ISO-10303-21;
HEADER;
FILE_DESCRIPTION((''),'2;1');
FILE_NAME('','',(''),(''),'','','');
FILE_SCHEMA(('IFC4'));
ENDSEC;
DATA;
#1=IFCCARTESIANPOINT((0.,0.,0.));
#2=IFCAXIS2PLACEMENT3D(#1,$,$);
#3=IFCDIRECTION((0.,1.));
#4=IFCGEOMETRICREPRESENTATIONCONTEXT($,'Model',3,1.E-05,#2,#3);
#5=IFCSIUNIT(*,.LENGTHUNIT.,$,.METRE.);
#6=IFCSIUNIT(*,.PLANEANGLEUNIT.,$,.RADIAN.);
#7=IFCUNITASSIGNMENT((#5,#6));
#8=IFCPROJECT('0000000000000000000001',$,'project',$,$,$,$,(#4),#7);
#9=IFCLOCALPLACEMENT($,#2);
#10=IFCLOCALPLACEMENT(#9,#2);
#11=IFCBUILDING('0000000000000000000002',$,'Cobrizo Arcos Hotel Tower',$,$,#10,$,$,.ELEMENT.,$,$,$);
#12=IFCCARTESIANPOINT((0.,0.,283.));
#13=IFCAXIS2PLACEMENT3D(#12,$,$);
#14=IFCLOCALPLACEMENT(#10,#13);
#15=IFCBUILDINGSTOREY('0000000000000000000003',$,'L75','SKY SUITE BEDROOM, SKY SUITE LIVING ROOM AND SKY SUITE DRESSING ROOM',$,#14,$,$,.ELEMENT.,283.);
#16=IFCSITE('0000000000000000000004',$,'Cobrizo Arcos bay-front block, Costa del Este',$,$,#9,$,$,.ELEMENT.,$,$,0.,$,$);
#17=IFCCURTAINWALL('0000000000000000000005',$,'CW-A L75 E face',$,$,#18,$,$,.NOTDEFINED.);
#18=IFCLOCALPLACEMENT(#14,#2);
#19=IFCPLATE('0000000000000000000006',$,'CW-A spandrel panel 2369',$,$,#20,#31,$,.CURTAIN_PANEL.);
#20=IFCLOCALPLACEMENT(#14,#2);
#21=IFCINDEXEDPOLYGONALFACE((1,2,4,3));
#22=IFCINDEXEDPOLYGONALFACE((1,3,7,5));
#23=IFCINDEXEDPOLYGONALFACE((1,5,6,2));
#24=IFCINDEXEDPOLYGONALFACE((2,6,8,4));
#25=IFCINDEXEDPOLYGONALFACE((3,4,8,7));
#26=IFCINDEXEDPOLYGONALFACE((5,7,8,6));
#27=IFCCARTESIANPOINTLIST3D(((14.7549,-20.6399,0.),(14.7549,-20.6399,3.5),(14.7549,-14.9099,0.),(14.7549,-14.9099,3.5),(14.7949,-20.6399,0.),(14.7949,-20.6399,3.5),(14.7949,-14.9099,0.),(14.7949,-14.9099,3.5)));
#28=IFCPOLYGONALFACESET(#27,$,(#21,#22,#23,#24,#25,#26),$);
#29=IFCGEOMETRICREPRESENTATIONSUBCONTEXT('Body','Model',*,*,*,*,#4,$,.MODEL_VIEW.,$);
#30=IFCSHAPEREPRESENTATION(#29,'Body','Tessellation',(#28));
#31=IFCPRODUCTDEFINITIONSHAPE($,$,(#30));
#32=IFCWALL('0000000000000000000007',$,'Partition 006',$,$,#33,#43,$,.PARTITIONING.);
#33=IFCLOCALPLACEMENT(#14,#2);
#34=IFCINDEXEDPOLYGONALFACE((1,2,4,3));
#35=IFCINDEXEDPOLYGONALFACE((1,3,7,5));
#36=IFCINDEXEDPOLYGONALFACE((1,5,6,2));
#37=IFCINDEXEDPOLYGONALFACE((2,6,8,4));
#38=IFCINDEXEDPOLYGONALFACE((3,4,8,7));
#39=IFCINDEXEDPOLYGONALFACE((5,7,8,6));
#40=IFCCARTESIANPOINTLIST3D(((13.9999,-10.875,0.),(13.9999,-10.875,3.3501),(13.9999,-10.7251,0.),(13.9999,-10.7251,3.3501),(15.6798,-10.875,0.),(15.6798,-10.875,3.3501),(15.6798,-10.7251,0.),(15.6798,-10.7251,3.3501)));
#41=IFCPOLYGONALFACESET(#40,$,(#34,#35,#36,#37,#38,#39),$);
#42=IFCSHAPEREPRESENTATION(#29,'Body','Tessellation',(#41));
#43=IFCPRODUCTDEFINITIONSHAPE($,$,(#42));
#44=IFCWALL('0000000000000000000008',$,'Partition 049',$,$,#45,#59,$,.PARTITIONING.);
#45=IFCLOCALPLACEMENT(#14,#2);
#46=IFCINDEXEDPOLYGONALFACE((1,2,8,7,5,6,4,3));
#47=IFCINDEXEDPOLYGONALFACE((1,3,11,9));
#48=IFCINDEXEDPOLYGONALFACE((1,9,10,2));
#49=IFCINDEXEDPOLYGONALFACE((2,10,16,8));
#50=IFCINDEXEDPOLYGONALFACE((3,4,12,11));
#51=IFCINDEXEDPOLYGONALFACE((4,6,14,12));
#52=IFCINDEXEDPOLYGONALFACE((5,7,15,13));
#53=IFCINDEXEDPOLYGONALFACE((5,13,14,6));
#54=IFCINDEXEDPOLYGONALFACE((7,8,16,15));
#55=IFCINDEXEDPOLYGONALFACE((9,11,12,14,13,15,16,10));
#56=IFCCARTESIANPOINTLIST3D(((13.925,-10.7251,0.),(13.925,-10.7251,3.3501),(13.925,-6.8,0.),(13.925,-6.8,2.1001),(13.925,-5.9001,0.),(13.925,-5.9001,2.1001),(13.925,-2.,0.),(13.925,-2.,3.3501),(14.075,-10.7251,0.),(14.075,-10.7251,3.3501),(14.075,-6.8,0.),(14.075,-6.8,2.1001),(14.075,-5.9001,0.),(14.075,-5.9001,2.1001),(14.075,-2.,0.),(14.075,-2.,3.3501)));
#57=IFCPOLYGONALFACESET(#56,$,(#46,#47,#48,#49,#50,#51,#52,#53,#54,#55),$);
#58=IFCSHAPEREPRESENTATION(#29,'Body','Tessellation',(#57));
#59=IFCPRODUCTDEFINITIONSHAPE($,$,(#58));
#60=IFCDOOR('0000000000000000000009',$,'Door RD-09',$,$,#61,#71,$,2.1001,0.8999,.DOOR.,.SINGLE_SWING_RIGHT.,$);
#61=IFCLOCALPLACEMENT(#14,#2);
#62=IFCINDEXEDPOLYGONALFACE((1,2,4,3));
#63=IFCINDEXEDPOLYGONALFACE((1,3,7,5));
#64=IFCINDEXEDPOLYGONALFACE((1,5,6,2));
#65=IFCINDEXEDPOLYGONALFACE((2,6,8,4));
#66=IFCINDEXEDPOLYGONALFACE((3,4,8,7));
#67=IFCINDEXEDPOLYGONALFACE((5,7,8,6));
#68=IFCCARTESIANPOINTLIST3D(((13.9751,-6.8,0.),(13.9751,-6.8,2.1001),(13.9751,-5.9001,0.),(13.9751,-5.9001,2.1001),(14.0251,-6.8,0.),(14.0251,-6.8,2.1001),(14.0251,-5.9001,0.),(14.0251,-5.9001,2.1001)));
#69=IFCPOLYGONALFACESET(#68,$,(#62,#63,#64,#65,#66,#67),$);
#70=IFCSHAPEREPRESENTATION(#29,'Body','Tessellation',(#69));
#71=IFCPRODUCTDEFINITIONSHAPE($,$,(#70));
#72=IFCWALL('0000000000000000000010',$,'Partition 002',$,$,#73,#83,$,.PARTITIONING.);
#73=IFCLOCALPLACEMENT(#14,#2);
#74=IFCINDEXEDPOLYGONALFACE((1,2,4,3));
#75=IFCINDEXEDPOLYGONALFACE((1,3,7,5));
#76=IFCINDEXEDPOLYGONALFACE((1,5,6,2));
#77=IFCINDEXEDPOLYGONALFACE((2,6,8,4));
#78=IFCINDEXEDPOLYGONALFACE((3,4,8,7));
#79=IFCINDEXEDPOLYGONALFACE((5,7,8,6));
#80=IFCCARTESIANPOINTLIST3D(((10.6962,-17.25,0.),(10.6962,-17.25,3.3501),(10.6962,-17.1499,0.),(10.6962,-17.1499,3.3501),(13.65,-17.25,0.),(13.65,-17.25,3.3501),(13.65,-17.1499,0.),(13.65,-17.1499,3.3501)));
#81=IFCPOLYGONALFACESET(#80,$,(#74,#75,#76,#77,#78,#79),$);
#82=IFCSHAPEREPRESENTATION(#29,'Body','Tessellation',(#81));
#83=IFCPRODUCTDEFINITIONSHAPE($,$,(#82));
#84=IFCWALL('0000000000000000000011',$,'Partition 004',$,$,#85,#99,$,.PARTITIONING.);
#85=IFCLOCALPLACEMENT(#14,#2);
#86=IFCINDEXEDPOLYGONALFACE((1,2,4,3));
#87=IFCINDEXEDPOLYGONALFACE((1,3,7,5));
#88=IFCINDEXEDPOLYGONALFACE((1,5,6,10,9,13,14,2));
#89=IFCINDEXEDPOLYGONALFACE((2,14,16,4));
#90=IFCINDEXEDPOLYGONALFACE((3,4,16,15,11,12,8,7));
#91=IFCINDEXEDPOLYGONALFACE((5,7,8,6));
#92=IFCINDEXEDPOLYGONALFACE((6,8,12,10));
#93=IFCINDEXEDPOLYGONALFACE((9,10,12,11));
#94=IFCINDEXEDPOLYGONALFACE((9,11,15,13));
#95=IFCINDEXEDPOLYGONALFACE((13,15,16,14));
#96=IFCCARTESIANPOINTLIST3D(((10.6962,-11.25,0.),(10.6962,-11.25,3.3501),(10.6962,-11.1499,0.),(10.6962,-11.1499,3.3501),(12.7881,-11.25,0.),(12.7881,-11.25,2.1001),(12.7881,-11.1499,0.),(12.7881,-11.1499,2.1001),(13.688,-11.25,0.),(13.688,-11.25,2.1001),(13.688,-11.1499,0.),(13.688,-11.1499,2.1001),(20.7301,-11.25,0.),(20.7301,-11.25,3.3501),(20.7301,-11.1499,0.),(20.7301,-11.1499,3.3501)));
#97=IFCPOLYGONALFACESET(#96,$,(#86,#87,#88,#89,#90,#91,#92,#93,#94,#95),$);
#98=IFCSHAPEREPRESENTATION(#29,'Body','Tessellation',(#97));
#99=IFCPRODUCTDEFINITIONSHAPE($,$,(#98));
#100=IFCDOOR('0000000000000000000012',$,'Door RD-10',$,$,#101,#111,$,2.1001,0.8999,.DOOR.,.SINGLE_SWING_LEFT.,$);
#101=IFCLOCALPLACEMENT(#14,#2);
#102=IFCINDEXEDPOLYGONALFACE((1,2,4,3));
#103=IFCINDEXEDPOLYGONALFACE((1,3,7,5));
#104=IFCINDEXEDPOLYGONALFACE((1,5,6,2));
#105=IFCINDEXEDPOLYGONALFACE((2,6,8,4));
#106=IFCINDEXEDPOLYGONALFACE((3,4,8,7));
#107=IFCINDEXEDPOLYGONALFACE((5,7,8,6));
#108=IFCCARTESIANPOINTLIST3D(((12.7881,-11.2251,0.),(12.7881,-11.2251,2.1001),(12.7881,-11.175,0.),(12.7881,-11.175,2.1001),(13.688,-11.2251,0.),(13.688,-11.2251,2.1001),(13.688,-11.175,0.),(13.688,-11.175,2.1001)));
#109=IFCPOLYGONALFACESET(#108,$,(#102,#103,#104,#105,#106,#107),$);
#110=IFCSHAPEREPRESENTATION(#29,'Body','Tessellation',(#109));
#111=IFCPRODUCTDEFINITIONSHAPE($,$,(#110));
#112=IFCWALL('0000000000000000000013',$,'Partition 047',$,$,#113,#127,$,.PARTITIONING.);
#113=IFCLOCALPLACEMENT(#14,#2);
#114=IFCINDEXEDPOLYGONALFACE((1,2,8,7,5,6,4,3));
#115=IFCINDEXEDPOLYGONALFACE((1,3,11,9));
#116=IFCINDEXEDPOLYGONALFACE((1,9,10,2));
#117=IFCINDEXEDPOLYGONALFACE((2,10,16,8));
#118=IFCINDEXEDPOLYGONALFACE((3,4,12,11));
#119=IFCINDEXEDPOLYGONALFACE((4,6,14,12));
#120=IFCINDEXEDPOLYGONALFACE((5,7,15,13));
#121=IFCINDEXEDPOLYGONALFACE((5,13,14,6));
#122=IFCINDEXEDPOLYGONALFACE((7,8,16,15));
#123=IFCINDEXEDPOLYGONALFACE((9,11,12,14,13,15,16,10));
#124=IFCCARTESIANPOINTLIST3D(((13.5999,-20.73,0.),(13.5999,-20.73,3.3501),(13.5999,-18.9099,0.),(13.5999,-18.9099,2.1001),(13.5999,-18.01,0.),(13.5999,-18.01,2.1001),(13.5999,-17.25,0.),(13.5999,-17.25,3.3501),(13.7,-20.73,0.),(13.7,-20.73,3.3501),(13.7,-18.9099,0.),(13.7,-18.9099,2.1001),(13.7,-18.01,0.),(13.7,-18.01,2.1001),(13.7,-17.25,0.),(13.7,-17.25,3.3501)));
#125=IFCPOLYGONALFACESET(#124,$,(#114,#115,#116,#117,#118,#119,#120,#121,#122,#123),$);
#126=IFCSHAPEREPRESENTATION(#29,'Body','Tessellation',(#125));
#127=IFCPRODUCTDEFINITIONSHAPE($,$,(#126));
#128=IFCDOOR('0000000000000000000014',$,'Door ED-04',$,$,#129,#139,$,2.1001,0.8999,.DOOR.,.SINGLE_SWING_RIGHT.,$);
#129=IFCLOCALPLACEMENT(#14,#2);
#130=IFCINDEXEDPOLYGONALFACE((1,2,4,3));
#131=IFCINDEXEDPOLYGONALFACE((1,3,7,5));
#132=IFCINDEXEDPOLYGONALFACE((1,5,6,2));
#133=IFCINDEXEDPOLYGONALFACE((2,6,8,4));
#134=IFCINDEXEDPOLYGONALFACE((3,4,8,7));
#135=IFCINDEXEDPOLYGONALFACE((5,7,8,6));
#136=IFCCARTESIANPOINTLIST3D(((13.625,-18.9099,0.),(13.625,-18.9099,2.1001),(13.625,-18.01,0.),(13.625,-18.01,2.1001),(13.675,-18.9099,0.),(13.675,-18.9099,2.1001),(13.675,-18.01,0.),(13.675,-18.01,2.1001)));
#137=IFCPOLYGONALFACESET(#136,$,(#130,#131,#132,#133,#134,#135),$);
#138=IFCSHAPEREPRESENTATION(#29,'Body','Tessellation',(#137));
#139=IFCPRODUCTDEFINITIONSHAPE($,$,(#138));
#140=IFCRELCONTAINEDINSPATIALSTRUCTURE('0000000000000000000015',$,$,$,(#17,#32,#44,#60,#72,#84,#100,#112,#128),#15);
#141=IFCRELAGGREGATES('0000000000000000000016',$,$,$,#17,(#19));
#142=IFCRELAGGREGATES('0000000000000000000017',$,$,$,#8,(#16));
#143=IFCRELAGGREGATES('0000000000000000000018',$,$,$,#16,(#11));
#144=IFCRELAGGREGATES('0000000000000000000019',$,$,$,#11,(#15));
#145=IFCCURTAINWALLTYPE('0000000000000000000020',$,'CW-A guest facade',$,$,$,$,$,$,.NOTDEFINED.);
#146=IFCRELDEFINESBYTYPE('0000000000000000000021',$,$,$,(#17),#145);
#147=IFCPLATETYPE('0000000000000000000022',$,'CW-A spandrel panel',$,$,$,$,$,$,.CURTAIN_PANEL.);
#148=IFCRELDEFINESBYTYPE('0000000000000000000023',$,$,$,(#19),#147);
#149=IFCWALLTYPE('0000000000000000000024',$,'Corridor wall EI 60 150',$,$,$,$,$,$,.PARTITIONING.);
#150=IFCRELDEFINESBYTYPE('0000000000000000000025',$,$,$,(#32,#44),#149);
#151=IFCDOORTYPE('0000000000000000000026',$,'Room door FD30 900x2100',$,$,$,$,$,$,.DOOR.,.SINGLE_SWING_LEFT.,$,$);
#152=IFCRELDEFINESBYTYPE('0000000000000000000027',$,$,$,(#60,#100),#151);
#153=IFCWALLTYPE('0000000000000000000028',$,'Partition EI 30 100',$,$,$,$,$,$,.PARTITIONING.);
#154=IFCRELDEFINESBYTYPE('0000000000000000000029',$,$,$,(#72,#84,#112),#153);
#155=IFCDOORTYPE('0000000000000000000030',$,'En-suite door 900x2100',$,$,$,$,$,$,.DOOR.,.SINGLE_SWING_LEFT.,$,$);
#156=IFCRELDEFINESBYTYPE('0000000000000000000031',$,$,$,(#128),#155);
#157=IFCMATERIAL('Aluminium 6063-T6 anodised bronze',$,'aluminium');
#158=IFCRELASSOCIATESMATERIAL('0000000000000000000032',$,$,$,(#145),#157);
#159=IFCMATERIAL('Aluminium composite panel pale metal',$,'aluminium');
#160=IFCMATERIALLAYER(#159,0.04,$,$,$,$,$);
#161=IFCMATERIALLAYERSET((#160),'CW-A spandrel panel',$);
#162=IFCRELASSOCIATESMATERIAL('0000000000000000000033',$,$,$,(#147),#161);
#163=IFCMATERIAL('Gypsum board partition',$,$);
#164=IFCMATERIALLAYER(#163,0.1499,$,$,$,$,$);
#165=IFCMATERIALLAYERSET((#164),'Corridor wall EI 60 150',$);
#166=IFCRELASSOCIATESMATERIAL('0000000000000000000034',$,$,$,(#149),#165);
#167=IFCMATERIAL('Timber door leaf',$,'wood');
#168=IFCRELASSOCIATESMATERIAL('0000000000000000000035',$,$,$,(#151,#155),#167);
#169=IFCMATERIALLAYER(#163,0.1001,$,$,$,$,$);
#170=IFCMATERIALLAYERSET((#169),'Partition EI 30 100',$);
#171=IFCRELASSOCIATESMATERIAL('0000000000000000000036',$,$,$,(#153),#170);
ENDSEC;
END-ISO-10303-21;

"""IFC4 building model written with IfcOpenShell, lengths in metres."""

from ifc_helpers import new_model, si_unit, direction, frame, frame_2d, origin, origin_2d, place, context, subcontext, project, spatial, rectangle, extrude, material, layer, layer_set, type_object, element, fill, aggregate, save


model = new_model("IFC4")

# Units and contexts
model_context = context("Model", 3, precision=1e-05, world=origin(), true_north=direction((0.0, 1.0)))
body_context = subcontext(model_context, "Body", "Model", "MODEL_VIEW")
ifc_project = project(units=[si_unit("LENGTHUNIT", "METRE"), si_unit("PLANEANGLEUNIT", "RADIAN")], contexts=[model_context])

# Site, building, storey
site_placement = place(None, origin())
site = spatial("IfcSite", under=ifc_project, at=site_placement, Name="Cobrizo Arcos bay-front block, Costa del Este", CompositionType="ELEMENT", RefElevation=0.0)
building_placement = place(site_placement, origin())
building = spatial("IfcBuilding", under=site, at=building_placement, Name="Cobrizo Arcos Hotel Tower", CompositionType="ELEMENT")
storey_placement = place(building_placement, frame((0.0, 0.0, 283.0)))
storey = spatial("IfcBuildingStorey", under=building, at=storey_placement, Name="L75", Description="SKY SUITE BEDROOM, SKY SUITE LIVING ROOM AND SKY SUITE DRESSING ROOM", CompositionType="ELEMENT", Elevation=283.0)

# Curtain wall
ifc_material_1 = material(Name="Aluminium 6063-T6 anodised bronze", Category="aluminium")
curtain_wall_type = type_object("IfcCurtainWallType", Name="CW-A guest facade", PredefinedType="NOTDEFINED", material=ifc_material_1)
curtain_wall_1_placement = place(storey_placement, origin())
curtain_wall_1 = element("IfcCurtainWall", 1, at=curtain_wall_1_placement, inside=storey, type_object=curtain_wall_type, Name="CW-A L75 E face", PredefinedType="NOTDEFINED")

# Shared definitions
ifc_material_2 = material(Name="Aluminium composite panel pale metal", Category="aluminium")
ifc_layer_1 = layer(ifc_material_2, 0.04)
ifc_layer_set_1 = layer_set([ifc_layer_1], Name="CW-A spandrel panel")
plate_type = type_object("IfcPlateType", Name="CW-A spandrel panel", PredefinedType="CURTAIN_PANEL", material=ifc_layer_set_1)

# Plate
plate_1_placement = place(storey_placement, frame((14.7749, -17.7749, 0.0), z_axis=(0.0, 0.0, 1.0), x_axis=(0.0, 1.0, 0.0)))
plate_1 = element("IfcPlate", 2, at=plate_1_placement, type_object=plate_type, Name="CW-A spandrel panel 2369", PredefinedType="CURTAIN_PANEL", context=body_context, shape_type="SweptSolid", body=[
    extrude(rectangle(XDim=5.73, YDim=0.04, at=origin_2d()), origin(), (0.0, 0.0, 1.0), 3.5),
])
aggregate(curtain_wall_1, [plate_1])

# Wall
ifc_material_3 = material(Name="Gypsum board partition")
ifc_layer_2 = layer(ifc_material_3, 0.1499)
ifc_layer_set_2 = layer_set([ifc_layer_2], Name="Corridor wall EI 60 150")
wall_type_1 = type_object("IfcWallType", Name="Corridor wall EI 60 150", PredefinedType="PARTITIONING", material=ifc_layer_set_2)
wall_1_placement = place(storey_placement, frame((14.0, -10.8, 0.0), z_axis=(0.0, 0.0, 1.0), x_axis=(1.0, 0.0, 0.0)))
element("IfcWall", 3, at=wall_1_placement, inside=storey, type_object=wall_type_1, Name="Partition 006", PredefinedType="PARTITIONING", context=body_context, shape_type="SweptSolid", body=[
    extrude(rectangle(XDim=1.6799, YDim=0.1499, at=frame_2d((0.8398, 0.0))), origin(), (0.0, 0.0, 1.0), 3.3501),
])

# Wall, opening, door
wall_2_placement = place(storey_placement, frame((14.0, -10.7251, 0.0), z_axis=(0.0, 0.0, 1.0), x_axis=(0.0, 1.0, 0.0)))
wall_2 = element("IfcWall", 4, at=wall_2_placement, inside=storey, type_object=wall_type_1, Name="Partition 049", PredefinedType="PARTITIONING", context=body_context, shape_type="SweptSolid", body=[
    extrude(rectangle(XDim=8.7251, YDim=0.1499, at=frame_2d((4.3625, 0.0))), origin(), (0.0, 0.0, 1.0), 3.3501),
])
opening_1_placement = place(wall_2_placement, frame((3.925, 0.0, 0.0)))
opening_1 = element("IfcOpeningElement", 5, at=opening_1_placement, cuts=wall_2, PredefinedType="OPENING", context=body_context, shape_type="SweptSolid", body=[
    extrude(rectangle(XDim=0.8999, YDim=2.1001, at=frame_2d((0.45, 1.05))), frame((0.0, 0.0869, 0.0), z_axis=(0.0, -1.0, 0.0), x_axis=(1.0, 0.0, 0.0)), (0.0, 0.0, 1.0), 0.1738),
])
ifc_material_4 = material(Name="Timber door leaf", Category="wood")
door_type_1 = type_object("IfcDoorType", Name="Room door FD30 900x2100", OperationType="SINGLE_SWING_LEFT", PredefinedType="DOOR", material=ifc_material_4)
door_1_placement = place(opening_1_placement, origin())
door_1 = element("IfcDoor", 6, at=door_1_placement, inside=storey, type_object=door_type_1, Name="Door RD-09", OperationType="SINGLE_SWING_RIGHT", OverallHeight=2.1001, OverallWidth=0.8999, PredefinedType="DOOR", context=body_context, shape_type="SweptSolid", body=[
    extrude(rectangle(XDim=0.8999, YDim=2.1001, at=frame_2d((0.45, 1.05))), frame((0.0, 0.0249, 0.0), z_axis=(0.0, -1.0, 0.0), x_axis=(1.0, 0.0, 0.0)), (0.0, 0.0, 1.0), 0.05),
])
fill(opening_1, door_1)

# Wall
ifc_layer_3 = layer(ifc_material_3, 0.1001)
ifc_layer_set_3 = layer_set([ifc_layer_3], Name="Partition EI 30 100")
wall_type_2 = type_object("IfcWallType", Name="Partition EI 30 100", PredefinedType="PARTITIONING", material=ifc_layer_set_3)
wall_3_placement = place(storey_placement, frame((10.696, -17.2, 0.0), z_axis=(0.0, 0.0, 1.0), x_axis=(1.0, 0.0, 0.0)))
element("IfcWall", 7, at=wall_3_placement, inside=storey, type_object=wall_type_2, Name="Partition 002", PredefinedType="PARTITIONING", context=body_context, shape_type="SweptSolid", body=[
    extrude(rectangle(XDim=2.9539, YDim=0.1001, at=frame_2d((1.4771, 0.0))), origin(), (0.0, 0.0, 1.0), 3.3501),
])

# Walls, openings, doors
wall_4_placement = place(storey_placement, frame((10.696, -11.2, 0.0), z_axis=(0.0, 0.0, 1.0), x_axis=(1.0, 0.0, 0.0)))
wall_4 = element("IfcWall", 8, at=wall_4_placement, inside=storey, type_object=wall_type_2, Name="Partition 004", PredefinedType="PARTITIONING", context=body_context, shape_type="SweptSolid", body=[
    extrude(rectangle(XDim=10.0339, YDim=0.1001, at=frame_2d((5.0171, 0.0))), origin(), (0.0, 0.0, 1.0), 3.3501),
])
opening_2_placement = place(wall_4_placement, frame((2.092, 0.0, 0.0)))
opening_2 = element("IfcOpeningElement", 9, at=opening_2_placement, cuts=wall_4, PredefinedType="OPENING", context=body_context, shape_type="SweptSolid", body=[
    extrude(rectangle(XDim=0.8999, YDim=2.1001, at=frame_2d((0.45, 1.05))), frame((0.0, 0.062, 0.0), z_axis=(0.0, -1.0, 0.0), x_axis=(1.0, 0.0, 0.0)), (0.0, 0.0, 1.0), 0.124),
])
door_2_placement = place(opening_2_placement, origin())
door_2 = element("IfcDoor", 10, at=door_2_placement, inside=storey, type_object=door_type_1, Name="Door RD-10", OperationType="SINGLE_SWING_LEFT", OverallHeight=2.1001, OverallWidth=0.8999, PredefinedType="DOOR", context=body_context, shape_type="SweptSolid", body=[
    extrude(rectangle(XDim=0.8999, YDim=2.1001, at=frame_2d((0.45, 1.05))), frame((0.0, 0.0249, 0.0), z_axis=(0.0, -1.0, 0.0), x_axis=(1.0, 0.0, 0.0)), (0.0, 0.0, 1.0), 0.05),
])
fill(opening_2, door_2)
wall_5_placement = place(storey_placement, frame((13.6499, -20.73, 0.0), z_axis=(0.0, 0.0, 1.0), x_axis=(0.0, 1.0, 0.0)))
wall_5 = element("IfcWall", 11, at=wall_5_placement, inside=storey, type_object=wall_type_2, Name="Partition 047", PredefinedType="PARTITIONING", context=body_context, shape_type="SweptSolid", body=[
    extrude(rectangle(XDim=3.48, YDim=0.1001, at=frame_2d((1.74, 0.0))), origin(), (0.0, 0.0, 1.0), 3.3501),
])
opening_3_placement = place(wall_5_placement, frame((1.8201, 0.0, 0.0)))
opening_3 = element("IfcOpeningElement", 12, at=opening_3_placement, cuts=wall_5, PredefinedType="OPENING", context=body_context, shape_type="SweptSolid", body=[
    extrude(rectangle(XDim=0.8999, YDim=2.1001, at=frame_2d((0.45, 1.05))), frame((0.0, 0.062, 0.0), z_axis=(0.0, -1.0, 0.0), x_axis=(1.0, 0.0, 0.0)), (0.0, 0.0, 1.0), 0.124),
])
door_type_2 = type_object("IfcDoorType", Name="En-suite door 900x2100", OperationType="SINGLE_SWING_LEFT", PredefinedType="DOOR", material=ifc_material_4)
door_3_placement = place(opening_3_placement, origin())
door_3 = element("IfcDoor", 13, at=door_3_placement, inside=storey, type_object=door_type_2, Name="Door ED-04", OperationType="SINGLE_SWING_RIGHT", OverallHeight=2.1001, OverallWidth=0.8999, PredefinedType="DOOR", context=body_context, shape_type="SweptSolid", body=[
    extrude(rectangle(XDim=0.8999, YDim=2.1001, at=frame_2d((0.45, 1.05))), frame((0.0, 0.0249, 0.0), z_axis=(0.0, -1.0, 0.0), x_axis=(1.0, 0.0, 0.0)), (0.0, 0.0, 1.0), 0.05),
])
fill(opening_3, door_3)

save(model, "model.ifc")
